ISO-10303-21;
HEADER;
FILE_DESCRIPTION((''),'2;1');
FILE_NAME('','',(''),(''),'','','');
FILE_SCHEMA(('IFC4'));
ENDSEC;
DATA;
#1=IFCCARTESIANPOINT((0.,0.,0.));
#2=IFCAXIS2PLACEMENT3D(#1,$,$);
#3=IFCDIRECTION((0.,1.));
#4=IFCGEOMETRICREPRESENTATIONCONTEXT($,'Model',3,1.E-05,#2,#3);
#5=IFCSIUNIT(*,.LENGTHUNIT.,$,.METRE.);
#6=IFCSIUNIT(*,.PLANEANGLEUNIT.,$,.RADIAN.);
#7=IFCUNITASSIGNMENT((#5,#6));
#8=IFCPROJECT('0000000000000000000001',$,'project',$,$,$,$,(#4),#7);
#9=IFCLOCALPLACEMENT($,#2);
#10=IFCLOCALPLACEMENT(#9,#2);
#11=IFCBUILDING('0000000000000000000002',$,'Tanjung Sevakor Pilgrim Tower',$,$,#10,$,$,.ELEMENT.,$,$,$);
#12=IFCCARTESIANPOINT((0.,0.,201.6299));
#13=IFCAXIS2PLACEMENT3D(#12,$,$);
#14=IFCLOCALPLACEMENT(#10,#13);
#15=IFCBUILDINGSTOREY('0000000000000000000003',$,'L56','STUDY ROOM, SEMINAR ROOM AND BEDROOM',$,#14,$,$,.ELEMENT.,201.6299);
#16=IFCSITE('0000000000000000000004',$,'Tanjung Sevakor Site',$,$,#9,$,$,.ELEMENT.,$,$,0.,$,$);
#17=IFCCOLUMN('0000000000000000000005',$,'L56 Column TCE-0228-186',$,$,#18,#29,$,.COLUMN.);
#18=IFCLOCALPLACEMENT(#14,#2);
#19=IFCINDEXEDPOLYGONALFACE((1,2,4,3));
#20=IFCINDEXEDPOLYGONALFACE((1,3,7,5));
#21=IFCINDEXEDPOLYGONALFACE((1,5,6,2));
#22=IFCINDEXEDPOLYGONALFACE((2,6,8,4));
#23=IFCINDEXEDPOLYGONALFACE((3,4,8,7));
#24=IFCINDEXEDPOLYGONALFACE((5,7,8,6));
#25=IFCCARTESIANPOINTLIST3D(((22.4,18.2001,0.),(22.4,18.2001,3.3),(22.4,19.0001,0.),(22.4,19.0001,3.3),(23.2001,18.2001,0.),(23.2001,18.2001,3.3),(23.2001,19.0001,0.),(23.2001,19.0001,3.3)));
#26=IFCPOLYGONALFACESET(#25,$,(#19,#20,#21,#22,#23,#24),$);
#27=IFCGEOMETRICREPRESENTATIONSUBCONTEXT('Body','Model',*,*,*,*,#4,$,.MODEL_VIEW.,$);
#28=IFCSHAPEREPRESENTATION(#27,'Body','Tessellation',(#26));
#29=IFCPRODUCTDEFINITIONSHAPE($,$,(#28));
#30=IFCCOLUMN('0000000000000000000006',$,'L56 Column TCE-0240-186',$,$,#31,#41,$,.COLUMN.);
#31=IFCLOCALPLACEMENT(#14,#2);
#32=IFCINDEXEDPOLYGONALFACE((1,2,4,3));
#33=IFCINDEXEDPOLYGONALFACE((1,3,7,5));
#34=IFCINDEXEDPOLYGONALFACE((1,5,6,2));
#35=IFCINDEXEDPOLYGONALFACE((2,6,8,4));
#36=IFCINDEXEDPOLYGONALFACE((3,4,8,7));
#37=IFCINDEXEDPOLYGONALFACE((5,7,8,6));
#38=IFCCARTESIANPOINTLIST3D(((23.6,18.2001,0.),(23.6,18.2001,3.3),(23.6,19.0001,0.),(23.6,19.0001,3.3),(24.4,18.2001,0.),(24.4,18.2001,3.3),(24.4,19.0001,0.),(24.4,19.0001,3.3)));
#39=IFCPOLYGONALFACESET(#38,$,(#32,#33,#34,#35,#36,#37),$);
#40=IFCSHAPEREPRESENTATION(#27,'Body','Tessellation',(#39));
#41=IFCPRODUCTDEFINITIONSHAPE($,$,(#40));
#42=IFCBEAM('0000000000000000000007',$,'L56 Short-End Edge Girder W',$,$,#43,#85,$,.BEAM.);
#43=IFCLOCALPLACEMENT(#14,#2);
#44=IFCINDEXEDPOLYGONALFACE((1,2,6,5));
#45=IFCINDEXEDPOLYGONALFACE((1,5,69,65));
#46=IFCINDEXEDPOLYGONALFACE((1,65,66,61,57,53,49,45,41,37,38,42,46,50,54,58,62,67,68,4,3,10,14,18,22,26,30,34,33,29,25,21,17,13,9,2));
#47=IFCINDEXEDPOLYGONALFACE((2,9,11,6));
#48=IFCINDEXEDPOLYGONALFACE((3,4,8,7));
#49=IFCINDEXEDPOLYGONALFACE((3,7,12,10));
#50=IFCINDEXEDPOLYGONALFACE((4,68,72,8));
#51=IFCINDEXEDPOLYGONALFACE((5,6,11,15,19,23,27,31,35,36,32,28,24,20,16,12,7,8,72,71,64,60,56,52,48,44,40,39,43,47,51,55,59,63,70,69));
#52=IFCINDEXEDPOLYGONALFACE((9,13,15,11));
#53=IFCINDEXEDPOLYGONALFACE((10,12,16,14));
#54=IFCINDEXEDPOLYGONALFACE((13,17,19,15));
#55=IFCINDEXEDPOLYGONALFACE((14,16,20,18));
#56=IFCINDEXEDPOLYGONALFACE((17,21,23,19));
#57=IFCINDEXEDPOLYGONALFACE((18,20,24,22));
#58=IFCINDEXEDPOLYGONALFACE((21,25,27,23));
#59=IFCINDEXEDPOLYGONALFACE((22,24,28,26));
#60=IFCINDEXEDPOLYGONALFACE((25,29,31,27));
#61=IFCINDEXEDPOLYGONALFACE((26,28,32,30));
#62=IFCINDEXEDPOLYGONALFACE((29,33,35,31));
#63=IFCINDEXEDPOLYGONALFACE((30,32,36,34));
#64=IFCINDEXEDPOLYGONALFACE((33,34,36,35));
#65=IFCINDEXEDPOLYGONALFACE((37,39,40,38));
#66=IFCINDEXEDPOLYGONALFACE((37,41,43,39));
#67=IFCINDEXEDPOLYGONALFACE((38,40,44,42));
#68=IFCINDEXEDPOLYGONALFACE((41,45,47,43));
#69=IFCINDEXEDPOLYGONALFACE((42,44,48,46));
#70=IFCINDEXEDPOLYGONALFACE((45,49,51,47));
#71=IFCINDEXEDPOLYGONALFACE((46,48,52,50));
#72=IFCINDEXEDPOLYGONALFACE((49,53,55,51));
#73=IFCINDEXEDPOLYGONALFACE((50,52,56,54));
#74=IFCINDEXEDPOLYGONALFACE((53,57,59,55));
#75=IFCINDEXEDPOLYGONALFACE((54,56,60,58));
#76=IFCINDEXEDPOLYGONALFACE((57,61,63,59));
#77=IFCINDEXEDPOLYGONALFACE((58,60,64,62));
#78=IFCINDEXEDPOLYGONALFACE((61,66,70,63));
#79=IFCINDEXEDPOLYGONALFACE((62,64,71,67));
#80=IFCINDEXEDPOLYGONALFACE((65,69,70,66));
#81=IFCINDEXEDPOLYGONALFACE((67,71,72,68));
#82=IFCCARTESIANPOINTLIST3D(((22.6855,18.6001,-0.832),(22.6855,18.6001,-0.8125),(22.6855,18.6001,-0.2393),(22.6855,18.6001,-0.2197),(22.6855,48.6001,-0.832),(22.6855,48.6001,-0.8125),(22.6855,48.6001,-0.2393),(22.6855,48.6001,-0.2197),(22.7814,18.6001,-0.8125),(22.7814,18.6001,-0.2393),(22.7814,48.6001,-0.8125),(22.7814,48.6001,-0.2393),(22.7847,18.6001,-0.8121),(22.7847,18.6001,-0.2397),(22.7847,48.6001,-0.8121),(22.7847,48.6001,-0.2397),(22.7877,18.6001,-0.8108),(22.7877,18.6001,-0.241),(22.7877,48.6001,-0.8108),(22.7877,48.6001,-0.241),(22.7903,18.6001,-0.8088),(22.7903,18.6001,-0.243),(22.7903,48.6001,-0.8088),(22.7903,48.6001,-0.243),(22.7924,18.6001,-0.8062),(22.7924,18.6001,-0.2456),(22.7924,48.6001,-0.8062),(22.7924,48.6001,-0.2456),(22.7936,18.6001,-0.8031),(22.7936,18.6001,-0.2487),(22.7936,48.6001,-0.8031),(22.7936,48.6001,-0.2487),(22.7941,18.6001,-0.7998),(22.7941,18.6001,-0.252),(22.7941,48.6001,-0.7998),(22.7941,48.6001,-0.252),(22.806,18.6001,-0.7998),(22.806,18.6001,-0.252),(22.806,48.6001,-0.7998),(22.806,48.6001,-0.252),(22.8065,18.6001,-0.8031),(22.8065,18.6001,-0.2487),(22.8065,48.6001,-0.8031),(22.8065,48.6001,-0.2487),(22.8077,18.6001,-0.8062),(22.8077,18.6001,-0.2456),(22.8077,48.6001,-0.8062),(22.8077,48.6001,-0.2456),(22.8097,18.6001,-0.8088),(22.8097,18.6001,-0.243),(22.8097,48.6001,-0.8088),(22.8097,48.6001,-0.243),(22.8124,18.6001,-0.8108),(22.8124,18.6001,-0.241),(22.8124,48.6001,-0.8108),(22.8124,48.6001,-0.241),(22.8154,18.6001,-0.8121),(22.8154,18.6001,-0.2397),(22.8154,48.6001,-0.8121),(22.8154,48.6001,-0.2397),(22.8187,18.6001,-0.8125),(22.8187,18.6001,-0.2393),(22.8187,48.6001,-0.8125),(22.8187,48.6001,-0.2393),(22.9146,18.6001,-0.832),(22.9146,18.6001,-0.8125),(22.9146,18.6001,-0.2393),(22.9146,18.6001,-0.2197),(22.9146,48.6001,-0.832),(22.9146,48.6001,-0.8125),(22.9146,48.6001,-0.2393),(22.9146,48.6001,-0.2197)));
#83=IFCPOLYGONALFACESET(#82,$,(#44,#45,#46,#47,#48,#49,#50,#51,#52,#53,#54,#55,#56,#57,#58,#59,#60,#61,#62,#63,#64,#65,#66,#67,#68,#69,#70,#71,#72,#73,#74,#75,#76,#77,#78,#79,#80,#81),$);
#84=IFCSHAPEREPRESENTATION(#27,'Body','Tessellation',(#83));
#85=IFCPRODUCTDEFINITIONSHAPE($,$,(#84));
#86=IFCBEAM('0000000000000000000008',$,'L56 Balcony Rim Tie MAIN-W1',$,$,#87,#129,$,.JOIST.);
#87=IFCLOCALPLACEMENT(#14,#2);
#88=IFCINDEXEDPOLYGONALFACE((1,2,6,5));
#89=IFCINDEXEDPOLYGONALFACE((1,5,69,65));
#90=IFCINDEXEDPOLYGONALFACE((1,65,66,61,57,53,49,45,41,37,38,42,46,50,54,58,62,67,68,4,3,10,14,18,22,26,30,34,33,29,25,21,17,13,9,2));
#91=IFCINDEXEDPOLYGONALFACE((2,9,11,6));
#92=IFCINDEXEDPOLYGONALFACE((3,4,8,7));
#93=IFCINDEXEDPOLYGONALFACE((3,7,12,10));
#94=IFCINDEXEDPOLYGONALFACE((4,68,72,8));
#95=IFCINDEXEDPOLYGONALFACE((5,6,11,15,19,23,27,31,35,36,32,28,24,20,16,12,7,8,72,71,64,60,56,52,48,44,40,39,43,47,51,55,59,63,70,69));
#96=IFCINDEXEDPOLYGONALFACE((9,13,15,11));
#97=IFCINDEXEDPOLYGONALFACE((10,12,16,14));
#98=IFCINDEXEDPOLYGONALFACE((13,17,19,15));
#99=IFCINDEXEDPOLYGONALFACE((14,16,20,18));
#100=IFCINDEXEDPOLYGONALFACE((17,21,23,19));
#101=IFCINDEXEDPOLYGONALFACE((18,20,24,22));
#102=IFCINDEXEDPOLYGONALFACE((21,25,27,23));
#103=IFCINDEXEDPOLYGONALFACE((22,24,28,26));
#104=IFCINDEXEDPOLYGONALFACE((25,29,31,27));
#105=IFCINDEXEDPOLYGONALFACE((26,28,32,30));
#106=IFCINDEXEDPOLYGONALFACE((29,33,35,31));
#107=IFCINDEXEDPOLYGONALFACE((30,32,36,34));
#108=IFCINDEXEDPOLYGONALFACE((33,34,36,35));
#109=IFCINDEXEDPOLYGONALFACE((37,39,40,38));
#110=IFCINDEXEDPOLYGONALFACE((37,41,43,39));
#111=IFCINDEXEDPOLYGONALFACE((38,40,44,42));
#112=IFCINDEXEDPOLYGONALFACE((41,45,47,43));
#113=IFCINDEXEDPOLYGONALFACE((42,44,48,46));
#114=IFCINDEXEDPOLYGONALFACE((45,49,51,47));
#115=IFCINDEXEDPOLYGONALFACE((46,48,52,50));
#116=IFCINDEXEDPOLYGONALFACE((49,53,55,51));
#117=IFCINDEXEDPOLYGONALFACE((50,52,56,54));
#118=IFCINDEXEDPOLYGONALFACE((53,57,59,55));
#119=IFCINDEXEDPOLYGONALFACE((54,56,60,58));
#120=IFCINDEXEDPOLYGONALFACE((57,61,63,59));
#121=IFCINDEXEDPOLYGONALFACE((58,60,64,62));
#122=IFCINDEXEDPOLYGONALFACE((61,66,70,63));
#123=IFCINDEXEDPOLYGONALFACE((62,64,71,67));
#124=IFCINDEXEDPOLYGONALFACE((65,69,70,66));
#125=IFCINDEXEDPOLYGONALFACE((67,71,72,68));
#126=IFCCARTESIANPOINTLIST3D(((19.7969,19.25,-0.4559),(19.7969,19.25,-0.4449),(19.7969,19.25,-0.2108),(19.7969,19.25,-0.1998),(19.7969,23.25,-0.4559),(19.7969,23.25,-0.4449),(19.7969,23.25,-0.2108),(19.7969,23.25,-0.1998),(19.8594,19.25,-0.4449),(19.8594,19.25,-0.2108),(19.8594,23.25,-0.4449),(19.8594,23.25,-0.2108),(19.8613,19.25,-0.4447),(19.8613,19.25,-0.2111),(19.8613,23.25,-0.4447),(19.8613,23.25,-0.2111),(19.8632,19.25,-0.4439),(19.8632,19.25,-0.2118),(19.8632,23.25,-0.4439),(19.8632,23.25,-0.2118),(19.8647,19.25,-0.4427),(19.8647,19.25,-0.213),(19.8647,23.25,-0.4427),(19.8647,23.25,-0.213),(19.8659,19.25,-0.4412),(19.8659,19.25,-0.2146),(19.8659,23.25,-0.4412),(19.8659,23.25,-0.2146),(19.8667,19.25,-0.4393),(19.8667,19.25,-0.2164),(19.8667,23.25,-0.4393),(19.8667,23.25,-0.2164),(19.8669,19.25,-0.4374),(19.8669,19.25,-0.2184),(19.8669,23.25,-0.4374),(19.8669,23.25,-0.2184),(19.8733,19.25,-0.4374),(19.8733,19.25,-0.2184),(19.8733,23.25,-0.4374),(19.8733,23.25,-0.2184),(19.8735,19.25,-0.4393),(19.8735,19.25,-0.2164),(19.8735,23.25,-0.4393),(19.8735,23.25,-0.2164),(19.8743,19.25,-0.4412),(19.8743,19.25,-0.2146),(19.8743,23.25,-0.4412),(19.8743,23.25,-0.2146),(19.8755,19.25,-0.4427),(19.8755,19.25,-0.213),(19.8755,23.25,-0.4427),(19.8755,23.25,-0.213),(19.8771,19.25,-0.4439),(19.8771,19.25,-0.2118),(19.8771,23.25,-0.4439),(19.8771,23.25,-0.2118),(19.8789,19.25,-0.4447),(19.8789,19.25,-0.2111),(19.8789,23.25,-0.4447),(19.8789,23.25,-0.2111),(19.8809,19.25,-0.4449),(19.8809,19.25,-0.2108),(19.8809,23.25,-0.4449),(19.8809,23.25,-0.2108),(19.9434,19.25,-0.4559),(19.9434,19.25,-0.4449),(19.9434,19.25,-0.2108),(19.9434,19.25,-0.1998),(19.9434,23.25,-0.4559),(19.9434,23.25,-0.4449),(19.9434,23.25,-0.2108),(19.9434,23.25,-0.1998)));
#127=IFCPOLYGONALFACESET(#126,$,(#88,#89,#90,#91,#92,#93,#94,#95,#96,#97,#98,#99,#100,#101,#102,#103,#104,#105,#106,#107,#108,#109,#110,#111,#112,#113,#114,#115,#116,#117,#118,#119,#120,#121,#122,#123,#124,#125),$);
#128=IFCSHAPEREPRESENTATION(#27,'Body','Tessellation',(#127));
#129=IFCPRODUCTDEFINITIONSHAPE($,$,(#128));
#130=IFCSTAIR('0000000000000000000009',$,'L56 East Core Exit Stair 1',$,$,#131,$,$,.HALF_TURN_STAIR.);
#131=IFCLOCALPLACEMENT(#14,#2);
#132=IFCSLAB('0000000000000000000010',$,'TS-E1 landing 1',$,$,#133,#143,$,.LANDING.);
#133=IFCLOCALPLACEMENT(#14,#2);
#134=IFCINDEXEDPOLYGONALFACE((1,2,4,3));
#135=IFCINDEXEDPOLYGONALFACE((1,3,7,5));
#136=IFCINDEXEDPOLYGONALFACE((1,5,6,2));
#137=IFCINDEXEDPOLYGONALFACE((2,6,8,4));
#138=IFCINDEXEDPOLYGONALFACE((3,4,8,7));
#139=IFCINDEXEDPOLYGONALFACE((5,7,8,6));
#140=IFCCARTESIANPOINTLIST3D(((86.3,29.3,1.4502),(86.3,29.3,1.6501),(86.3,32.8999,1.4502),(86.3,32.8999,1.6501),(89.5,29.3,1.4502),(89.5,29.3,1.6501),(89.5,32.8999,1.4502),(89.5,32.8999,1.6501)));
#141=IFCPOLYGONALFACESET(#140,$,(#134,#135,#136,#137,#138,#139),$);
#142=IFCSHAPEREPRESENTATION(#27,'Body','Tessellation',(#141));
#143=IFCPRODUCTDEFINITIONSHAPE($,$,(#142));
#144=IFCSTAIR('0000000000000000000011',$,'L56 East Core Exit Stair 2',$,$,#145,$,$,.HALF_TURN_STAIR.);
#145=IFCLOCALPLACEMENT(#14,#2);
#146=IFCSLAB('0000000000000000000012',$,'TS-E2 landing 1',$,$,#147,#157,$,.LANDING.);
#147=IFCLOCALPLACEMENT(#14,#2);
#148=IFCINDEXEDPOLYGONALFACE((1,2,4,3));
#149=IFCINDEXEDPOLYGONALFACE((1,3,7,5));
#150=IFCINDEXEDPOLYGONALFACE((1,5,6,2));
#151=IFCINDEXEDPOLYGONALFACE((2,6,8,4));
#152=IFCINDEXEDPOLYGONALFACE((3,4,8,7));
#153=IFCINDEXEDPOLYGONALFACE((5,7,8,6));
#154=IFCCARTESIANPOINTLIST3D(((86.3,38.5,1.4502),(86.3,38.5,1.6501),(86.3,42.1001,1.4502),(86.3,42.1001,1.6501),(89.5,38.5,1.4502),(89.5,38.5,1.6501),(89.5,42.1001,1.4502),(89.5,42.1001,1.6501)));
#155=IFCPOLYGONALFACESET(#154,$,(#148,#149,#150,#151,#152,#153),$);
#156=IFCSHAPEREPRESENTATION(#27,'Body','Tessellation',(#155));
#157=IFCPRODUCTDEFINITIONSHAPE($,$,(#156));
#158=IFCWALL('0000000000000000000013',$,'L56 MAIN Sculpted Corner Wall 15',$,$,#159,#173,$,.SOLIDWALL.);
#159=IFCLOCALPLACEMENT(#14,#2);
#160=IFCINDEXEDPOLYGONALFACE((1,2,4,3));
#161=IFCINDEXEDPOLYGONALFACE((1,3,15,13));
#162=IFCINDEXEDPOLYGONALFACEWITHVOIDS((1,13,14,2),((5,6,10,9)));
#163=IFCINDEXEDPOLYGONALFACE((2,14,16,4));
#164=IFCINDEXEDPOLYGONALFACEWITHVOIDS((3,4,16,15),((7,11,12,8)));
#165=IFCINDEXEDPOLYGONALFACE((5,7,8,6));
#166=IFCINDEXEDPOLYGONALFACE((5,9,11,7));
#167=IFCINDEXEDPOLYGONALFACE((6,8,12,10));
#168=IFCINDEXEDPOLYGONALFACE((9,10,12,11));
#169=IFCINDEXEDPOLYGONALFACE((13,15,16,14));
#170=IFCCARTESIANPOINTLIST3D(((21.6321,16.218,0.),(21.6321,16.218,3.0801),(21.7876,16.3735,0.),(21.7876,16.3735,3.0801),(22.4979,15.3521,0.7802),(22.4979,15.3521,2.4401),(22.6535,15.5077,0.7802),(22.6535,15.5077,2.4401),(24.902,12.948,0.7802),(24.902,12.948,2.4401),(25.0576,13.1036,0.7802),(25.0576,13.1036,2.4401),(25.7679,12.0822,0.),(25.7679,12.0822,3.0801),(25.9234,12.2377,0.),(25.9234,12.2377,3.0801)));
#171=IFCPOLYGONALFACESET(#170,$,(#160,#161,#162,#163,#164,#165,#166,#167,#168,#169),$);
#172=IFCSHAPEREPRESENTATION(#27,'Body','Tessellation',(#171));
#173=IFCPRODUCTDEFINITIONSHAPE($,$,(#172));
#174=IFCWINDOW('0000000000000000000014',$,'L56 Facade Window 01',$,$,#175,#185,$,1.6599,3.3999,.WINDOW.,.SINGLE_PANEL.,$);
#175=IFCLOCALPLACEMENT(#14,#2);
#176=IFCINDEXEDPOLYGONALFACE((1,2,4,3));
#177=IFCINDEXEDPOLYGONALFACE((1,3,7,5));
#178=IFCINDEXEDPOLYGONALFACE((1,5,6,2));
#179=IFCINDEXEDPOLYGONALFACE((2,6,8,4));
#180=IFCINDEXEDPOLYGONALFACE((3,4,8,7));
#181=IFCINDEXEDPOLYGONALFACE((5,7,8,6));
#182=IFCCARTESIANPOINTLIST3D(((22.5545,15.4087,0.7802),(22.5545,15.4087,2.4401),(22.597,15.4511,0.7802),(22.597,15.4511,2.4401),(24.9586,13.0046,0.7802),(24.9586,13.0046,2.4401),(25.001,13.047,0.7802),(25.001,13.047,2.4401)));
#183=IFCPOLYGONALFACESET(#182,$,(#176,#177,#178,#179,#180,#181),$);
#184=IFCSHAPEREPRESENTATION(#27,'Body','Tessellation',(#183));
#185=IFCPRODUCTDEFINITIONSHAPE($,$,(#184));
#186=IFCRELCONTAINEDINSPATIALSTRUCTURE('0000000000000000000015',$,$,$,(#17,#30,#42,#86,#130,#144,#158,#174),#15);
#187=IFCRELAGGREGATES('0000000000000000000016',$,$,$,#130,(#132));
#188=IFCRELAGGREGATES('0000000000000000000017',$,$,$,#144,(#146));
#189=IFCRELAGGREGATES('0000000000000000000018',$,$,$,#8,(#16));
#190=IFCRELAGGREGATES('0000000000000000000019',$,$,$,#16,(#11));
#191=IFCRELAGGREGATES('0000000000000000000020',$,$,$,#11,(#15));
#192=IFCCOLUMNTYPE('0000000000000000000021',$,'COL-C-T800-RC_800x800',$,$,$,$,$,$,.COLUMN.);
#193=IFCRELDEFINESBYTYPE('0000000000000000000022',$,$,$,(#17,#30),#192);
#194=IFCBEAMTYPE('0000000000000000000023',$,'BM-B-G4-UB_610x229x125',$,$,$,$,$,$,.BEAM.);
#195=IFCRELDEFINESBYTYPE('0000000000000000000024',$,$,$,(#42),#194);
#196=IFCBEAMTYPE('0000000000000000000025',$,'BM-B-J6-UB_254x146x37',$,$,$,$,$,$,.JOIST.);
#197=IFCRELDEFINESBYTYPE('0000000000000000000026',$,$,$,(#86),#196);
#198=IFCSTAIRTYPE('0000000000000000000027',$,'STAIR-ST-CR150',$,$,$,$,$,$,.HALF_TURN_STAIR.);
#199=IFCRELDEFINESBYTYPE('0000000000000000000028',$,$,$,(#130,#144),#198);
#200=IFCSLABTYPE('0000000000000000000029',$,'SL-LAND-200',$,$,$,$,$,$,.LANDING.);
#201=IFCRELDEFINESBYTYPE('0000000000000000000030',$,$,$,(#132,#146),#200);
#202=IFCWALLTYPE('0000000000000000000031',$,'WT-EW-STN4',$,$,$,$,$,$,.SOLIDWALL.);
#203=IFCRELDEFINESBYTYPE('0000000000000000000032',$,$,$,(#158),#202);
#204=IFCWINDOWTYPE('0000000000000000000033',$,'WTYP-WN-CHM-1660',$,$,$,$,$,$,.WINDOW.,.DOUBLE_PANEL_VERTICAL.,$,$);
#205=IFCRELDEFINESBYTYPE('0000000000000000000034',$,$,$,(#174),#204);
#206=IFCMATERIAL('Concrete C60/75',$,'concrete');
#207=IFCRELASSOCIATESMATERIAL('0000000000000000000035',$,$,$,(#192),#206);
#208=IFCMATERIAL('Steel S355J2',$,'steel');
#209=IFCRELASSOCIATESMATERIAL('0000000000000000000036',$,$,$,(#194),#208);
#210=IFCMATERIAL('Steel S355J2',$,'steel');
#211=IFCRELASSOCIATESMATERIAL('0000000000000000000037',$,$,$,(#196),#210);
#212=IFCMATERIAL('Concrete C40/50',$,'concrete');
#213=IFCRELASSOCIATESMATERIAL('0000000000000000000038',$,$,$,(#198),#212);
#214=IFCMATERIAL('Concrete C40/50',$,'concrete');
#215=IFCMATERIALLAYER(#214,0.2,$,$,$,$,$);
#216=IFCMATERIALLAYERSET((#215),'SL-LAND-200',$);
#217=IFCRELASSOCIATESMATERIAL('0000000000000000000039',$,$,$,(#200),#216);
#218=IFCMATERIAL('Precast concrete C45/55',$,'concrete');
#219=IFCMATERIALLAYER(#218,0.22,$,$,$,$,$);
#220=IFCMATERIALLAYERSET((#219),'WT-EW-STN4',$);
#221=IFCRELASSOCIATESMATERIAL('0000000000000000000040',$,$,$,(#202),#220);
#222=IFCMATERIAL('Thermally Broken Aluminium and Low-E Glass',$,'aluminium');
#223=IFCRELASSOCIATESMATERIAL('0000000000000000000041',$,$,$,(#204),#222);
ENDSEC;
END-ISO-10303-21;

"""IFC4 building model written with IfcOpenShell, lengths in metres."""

from ifc_helpers import new_model, si_unit, direction, frame, frame_2d, origin, origin_2d, place, context, subcontext, project, spatial, polyline, rectangle, i_section, outline, extrude, material, layer, layer_set, material_profile, profile_set, type_object, element, fill, aggregate, save


model = new_model("IFC4")

# Units and contexts
model_context = context("Model", 3, precision=1e-05, world=origin(), true_north=direction((0.0, 1.0)))
body_context = subcontext(model_context, "Body", "Model", "MODEL_VIEW")
ifc_project = project(units=[si_unit("LENGTHUNIT", "METRE"), si_unit("PLANEANGLEUNIT", "RADIAN")], contexts=[model_context])

# Site, building, storey
site_placement = place(None, origin())
site = spatial("IfcSite", under=ifc_project, at=site_placement, Name="Tanjung Sevakor Site", CompositionType="ELEMENT", RefElevation=0.0)
building_placement = place(site_placement, origin())
building = spatial("IfcBuilding", under=site, at=building_placement, Name="Tanjung Sevakor Pilgrim Tower", CompositionType="ELEMENT")
storey_placement = place(building_placement, frame((0.0, 0.0, 201.6299)))
storey = spatial("IfcBuildingStorey", under=building, at=storey_placement, Name="L56", Description="STUDY ROOM, SEMINAR ROOM AND BEDROOM", CompositionType="ELEMENT", Elevation=201.6299)

# Columns
ifc_material_1 = material(Name="Concrete C60/75", Category="concrete")
ifc_material_profile_1 = material_profile(ifc_material_1, rectangle(XDim=0.8, YDim=0.8, at=origin_2d()))
ifc_profile_set_1 = profile_set([ifc_material_profile_1], Name="Concrete C60/75")
column_type = type_object("IfcColumnType", Name="COL-C-T800-RC_800x800", PredefinedType="COLUMN", material=ifc_profile_set_1)
for number, where, z_axis, x_axis, name in (
    (1, (22.8, 18.6001, 0.0), (0.0, 0.0, 1.0), (1.0, 0.0, 0.0), "L56 Column TCE-0228-186"),
    (2, (24.0, 18.6001, 0.0), (0.0, 0.0, 1.0), (1.0, 0.0, 0.0), "L56 Column TCE-0240-186"),
):
    element("IfcColumn", number, at=place(storey_placement, frame(where, z_axis=z_axis, x_axis=x_axis)), inside=storey, type_object=column_type, Name=name, PredefinedType="COLUMN", context=body_context, shape_type="SweptSolid", body=[
        extrude(rectangle(XDim=0.8, YDim=0.8, at=origin_2d()), origin(), (0.0, 0.0, 1.0), 3.3),
    ])

# Beams
ifc_material_2 = material(Name="Steel S355J2", Category="steel")
ifc_material_profile_2 = material_profile(ifc_material_2, i_section(OverallWidth=0.229, OverallDepth=0.6123, WebThickness=0.012, FlangeThickness=0.0195, FilletRadius=0.0127, at=origin_2d()))
ifc_profile_set_2 = profile_set([ifc_material_profile_2], Name="Steel S355J2")
beam_type_1 = type_object("IfcBeamType", Name="BM-B-G4-UB_610x229x125", PredefinedType="BEAM", material=ifc_profile_set_2)
beam_1_placement = place(storey_placement, frame((22.8, 18.6001, -0.5259), z_axis=(0.0, 1.0, 0.0), x_axis=(-1.0, 0.0, 0.0)))
element("IfcBeam", 3, at=beam_1_placement, inside=storey, type_object=beam_type_1, Name="L56 Short-End Edge Girder W", PredefinedType="BEAM", context=body_context, shape_type="SweptSolid", body=[
    extrude(i_section(OverallWidth=0.229, OverallDepth=0.6123, WebThickness=0.012, FlangeThickness=0.0195, FilletRadius=0.0127, at=origin_2d()), origin(), (0.0, 0.0, 1.0), 30.0),
])
ifc_material_3 = material(Name="Steel S355J2", Category="steel")
ifc_material_profile_3 = material_profile(ifc_material_3, i_section(OverallWidth=0.1465, OverallDepth=0.2561, WebThickness=0.0063, FlangeThickness=0.011, FilletRadius=0.0076, at=origin_2d()))
ifc_profile_set_3 = profile_set([ifc_material_profile_3], Name="Steel S355J2")
beam_type_2 = type_object("IfcBeamType", Name="BM-B-J6-UB_254x146x37", PredefinedType="JOIST", material=ifc_profile_set_3)
beam_2_placement = place(storey_placement, frame((19.8701, 19.25, -0.3279), z_axis=(0.0, 1.0, 0.0), x_axis=(-1.0, 0.0, 0.0)))
element("IfcBeam", 4, at=beam_2_placement, inside=storey, type_object=beam_type_2, Name="L56 Balcony Rim Tie MAIN-W1", PredefinedType="JOIST", context=body_context, shape_type="SweptSolid", body=[
    extrude(i_section(OverallWidth=0.1465, OverallDepth=0.2561, WebThickness=0.0063, FlangeThickness=0.011, FilletRadius=0.0076, at=origin_2d()), origin(), (0.0, 0.0, 1.0), 4.0),
])

# Stairs, slabs
ifc_material_4 = material(Name="Concrete C40/50", Category="concrete")
stair_type = type_object("IfcStairType", Name="STAIR-ST-CR150", PredefinedType="HALF_TURN_STAIR", material=ifc_material_4)
stair_1_placement = place(storey_placement, origin())
stair_1 = element("IfcStair", 5, at=stair_1_placement, inside=storey, type_object=stair_type, Name="L56 East Core Exit Stair 1", PredefinedType="HALF_TURN_STAIR")
ifc_material_5 = material(Name="Concrete C40/50", Category="concrete")
ifc_layer_1 = layer(ifc_material_5, 0.2)
ifc_layer_set_1 = layer_set([ifc_layer_1], Name="SL-LAND-200")
slab_type = type_object("IfcSlabType", Name="SL-LAND-200", PredefinedType="LANDING", material=ifc_layer_set_1)
slab_1_placement = place(storey_placement, frame((0.0, 0.0, 1.4502)))
slab_1 = element("IfcSlab", 6, at=slab_1_placement, type_object=slab_type, Name="TS-E1 landing 1", PredefinedType="LANDING", context=body_context, shape_type="SweptSolid", body=[
    extrude(outline(polyline([(89.5, 29.3), (89.5, 32.8999), (86.3, 32.8999), (86.3, 29.3), (89.5, 29.3)])), origin(), (0.0, 0.0, 1.0), 0.2),
])
aggregate(stair_1, [slab_1])
stair_2_placement = place(storey_placement, origin())
stair_2 = element("IfcStair", 7, at=stair_2_placement, inside=storey, type_object=stair_type, Name="L56 East Core Exit Stair 2", PredefinedType="HALF_TURN_STAIR")
slab_2_placement = place(storey_placement, frame((0.0, 0.0, 1.4502)))
slab_2 = element("IfcSlab", 8, at=slab_2_placement, type_object=slab_type, Name="TS-E2 landing 1", PredefinedType="LANDING", context=body_context, shape_type="SweptSolid", body=[
    extrude(outline(polyline([(89.5, 38.5), (89.5, 42.1001), (86.3, 42.1001), (86.3, 38.5), (89.5, 38.5)])), origin(), (0.0, 0.0, 1.0), 0.2),
])
aggregate(stair_2, [slab_2])

# Wall, opening, window
ifc_material_6 = material(Name="Precast concrete C45/55", Category="concrete")
ifc_layer_2 = layer(ifc_material_6, 0.22)
ifc_layer_set_2 = layer_set([ifc_layer_2], Name="WT-EW-STN4")
wall_type = type_object("IfcWallType", Name="WT-EW-STN4", PredefinedType="SOLIDWALL", material=ifc_layer_set_2)
wall_placement = place(storey_placement, frame((21.71, 16.2957, 0.0), z_axis=(0.0, 0.0, 1.0), x_axis=(0.707107, -0.707107, 0.0)))
wall = element("IfcWall", 9, at=wall_placement, inside=storey, type_object=wall_type, Name="L56 MAIN Sculpted Corner Wall 15", PredefinedType="SOLIDWALL", context=body_context, shape_type="SweptSolid", body=[
    extrude(rectangle(XDim=5.8489, YDim=0.22, at=frame_2d((2.9243, 0.0))), origin(), (0.0, 0.0, 1.0), 3.0801),
])
opening_placement = place(wall_placement, frame((1.2244, 0.0, 0.78)))
opening = element("IfcOpeningElement", 10, at=opening_placement, cuts=wall, PredefinedType="OPENING", context=body_context, shape_type="SweptSolid", body=[
    extrude(rectangle(XDim=3.3999, YDim=1.6599, at=frame_2d((1.7, 0.8301))), frame((0.0, 0.1199, 0.0), z_axis=(0.0, -1.0, 0.0), x_axis=(1.0, 0.0, 0.0)), (0.0, 0.0, 1.0), 0.24),
])
ifc_material_7 = material(Name="Thermally Broken Aluminium and Low-E Glass", Category="aluminium")
window_type = type_object("IfcWindowType", Name="WTYP-WN-CHM-1660", PartitioningType="DOUBLE_PANEL_VERTICAL", PredefinedType="WINDOW", material=ifc_material_7)
window_placement = place(opening_placement, origin())
window = element("IfcWindow", 11, at=window_placement, inside=storey, type_object=window_type, Name="L56 Facade Window 01", OverallHeight=1.6599, OverallWidth=3.3999, PartitioningType="SINGLE_PANEL", PredefinedType="WINDOW", context=body_context, shape_type="SweptSolid", body=[
    extrude(rectangle(XDim=3.3999, YDim=1.6599, at=frame_2d((1.7, 0.8301))), frame((0.0, 0.03, 0.0), z_axis=(0.0, -1.0, 0.0), x_axis=(1.0, 0.0, 0.0)), (0.0, 0.0, 1.0), 0.0601),
])
fill(opening, window)

save(model, "model.ifc")
